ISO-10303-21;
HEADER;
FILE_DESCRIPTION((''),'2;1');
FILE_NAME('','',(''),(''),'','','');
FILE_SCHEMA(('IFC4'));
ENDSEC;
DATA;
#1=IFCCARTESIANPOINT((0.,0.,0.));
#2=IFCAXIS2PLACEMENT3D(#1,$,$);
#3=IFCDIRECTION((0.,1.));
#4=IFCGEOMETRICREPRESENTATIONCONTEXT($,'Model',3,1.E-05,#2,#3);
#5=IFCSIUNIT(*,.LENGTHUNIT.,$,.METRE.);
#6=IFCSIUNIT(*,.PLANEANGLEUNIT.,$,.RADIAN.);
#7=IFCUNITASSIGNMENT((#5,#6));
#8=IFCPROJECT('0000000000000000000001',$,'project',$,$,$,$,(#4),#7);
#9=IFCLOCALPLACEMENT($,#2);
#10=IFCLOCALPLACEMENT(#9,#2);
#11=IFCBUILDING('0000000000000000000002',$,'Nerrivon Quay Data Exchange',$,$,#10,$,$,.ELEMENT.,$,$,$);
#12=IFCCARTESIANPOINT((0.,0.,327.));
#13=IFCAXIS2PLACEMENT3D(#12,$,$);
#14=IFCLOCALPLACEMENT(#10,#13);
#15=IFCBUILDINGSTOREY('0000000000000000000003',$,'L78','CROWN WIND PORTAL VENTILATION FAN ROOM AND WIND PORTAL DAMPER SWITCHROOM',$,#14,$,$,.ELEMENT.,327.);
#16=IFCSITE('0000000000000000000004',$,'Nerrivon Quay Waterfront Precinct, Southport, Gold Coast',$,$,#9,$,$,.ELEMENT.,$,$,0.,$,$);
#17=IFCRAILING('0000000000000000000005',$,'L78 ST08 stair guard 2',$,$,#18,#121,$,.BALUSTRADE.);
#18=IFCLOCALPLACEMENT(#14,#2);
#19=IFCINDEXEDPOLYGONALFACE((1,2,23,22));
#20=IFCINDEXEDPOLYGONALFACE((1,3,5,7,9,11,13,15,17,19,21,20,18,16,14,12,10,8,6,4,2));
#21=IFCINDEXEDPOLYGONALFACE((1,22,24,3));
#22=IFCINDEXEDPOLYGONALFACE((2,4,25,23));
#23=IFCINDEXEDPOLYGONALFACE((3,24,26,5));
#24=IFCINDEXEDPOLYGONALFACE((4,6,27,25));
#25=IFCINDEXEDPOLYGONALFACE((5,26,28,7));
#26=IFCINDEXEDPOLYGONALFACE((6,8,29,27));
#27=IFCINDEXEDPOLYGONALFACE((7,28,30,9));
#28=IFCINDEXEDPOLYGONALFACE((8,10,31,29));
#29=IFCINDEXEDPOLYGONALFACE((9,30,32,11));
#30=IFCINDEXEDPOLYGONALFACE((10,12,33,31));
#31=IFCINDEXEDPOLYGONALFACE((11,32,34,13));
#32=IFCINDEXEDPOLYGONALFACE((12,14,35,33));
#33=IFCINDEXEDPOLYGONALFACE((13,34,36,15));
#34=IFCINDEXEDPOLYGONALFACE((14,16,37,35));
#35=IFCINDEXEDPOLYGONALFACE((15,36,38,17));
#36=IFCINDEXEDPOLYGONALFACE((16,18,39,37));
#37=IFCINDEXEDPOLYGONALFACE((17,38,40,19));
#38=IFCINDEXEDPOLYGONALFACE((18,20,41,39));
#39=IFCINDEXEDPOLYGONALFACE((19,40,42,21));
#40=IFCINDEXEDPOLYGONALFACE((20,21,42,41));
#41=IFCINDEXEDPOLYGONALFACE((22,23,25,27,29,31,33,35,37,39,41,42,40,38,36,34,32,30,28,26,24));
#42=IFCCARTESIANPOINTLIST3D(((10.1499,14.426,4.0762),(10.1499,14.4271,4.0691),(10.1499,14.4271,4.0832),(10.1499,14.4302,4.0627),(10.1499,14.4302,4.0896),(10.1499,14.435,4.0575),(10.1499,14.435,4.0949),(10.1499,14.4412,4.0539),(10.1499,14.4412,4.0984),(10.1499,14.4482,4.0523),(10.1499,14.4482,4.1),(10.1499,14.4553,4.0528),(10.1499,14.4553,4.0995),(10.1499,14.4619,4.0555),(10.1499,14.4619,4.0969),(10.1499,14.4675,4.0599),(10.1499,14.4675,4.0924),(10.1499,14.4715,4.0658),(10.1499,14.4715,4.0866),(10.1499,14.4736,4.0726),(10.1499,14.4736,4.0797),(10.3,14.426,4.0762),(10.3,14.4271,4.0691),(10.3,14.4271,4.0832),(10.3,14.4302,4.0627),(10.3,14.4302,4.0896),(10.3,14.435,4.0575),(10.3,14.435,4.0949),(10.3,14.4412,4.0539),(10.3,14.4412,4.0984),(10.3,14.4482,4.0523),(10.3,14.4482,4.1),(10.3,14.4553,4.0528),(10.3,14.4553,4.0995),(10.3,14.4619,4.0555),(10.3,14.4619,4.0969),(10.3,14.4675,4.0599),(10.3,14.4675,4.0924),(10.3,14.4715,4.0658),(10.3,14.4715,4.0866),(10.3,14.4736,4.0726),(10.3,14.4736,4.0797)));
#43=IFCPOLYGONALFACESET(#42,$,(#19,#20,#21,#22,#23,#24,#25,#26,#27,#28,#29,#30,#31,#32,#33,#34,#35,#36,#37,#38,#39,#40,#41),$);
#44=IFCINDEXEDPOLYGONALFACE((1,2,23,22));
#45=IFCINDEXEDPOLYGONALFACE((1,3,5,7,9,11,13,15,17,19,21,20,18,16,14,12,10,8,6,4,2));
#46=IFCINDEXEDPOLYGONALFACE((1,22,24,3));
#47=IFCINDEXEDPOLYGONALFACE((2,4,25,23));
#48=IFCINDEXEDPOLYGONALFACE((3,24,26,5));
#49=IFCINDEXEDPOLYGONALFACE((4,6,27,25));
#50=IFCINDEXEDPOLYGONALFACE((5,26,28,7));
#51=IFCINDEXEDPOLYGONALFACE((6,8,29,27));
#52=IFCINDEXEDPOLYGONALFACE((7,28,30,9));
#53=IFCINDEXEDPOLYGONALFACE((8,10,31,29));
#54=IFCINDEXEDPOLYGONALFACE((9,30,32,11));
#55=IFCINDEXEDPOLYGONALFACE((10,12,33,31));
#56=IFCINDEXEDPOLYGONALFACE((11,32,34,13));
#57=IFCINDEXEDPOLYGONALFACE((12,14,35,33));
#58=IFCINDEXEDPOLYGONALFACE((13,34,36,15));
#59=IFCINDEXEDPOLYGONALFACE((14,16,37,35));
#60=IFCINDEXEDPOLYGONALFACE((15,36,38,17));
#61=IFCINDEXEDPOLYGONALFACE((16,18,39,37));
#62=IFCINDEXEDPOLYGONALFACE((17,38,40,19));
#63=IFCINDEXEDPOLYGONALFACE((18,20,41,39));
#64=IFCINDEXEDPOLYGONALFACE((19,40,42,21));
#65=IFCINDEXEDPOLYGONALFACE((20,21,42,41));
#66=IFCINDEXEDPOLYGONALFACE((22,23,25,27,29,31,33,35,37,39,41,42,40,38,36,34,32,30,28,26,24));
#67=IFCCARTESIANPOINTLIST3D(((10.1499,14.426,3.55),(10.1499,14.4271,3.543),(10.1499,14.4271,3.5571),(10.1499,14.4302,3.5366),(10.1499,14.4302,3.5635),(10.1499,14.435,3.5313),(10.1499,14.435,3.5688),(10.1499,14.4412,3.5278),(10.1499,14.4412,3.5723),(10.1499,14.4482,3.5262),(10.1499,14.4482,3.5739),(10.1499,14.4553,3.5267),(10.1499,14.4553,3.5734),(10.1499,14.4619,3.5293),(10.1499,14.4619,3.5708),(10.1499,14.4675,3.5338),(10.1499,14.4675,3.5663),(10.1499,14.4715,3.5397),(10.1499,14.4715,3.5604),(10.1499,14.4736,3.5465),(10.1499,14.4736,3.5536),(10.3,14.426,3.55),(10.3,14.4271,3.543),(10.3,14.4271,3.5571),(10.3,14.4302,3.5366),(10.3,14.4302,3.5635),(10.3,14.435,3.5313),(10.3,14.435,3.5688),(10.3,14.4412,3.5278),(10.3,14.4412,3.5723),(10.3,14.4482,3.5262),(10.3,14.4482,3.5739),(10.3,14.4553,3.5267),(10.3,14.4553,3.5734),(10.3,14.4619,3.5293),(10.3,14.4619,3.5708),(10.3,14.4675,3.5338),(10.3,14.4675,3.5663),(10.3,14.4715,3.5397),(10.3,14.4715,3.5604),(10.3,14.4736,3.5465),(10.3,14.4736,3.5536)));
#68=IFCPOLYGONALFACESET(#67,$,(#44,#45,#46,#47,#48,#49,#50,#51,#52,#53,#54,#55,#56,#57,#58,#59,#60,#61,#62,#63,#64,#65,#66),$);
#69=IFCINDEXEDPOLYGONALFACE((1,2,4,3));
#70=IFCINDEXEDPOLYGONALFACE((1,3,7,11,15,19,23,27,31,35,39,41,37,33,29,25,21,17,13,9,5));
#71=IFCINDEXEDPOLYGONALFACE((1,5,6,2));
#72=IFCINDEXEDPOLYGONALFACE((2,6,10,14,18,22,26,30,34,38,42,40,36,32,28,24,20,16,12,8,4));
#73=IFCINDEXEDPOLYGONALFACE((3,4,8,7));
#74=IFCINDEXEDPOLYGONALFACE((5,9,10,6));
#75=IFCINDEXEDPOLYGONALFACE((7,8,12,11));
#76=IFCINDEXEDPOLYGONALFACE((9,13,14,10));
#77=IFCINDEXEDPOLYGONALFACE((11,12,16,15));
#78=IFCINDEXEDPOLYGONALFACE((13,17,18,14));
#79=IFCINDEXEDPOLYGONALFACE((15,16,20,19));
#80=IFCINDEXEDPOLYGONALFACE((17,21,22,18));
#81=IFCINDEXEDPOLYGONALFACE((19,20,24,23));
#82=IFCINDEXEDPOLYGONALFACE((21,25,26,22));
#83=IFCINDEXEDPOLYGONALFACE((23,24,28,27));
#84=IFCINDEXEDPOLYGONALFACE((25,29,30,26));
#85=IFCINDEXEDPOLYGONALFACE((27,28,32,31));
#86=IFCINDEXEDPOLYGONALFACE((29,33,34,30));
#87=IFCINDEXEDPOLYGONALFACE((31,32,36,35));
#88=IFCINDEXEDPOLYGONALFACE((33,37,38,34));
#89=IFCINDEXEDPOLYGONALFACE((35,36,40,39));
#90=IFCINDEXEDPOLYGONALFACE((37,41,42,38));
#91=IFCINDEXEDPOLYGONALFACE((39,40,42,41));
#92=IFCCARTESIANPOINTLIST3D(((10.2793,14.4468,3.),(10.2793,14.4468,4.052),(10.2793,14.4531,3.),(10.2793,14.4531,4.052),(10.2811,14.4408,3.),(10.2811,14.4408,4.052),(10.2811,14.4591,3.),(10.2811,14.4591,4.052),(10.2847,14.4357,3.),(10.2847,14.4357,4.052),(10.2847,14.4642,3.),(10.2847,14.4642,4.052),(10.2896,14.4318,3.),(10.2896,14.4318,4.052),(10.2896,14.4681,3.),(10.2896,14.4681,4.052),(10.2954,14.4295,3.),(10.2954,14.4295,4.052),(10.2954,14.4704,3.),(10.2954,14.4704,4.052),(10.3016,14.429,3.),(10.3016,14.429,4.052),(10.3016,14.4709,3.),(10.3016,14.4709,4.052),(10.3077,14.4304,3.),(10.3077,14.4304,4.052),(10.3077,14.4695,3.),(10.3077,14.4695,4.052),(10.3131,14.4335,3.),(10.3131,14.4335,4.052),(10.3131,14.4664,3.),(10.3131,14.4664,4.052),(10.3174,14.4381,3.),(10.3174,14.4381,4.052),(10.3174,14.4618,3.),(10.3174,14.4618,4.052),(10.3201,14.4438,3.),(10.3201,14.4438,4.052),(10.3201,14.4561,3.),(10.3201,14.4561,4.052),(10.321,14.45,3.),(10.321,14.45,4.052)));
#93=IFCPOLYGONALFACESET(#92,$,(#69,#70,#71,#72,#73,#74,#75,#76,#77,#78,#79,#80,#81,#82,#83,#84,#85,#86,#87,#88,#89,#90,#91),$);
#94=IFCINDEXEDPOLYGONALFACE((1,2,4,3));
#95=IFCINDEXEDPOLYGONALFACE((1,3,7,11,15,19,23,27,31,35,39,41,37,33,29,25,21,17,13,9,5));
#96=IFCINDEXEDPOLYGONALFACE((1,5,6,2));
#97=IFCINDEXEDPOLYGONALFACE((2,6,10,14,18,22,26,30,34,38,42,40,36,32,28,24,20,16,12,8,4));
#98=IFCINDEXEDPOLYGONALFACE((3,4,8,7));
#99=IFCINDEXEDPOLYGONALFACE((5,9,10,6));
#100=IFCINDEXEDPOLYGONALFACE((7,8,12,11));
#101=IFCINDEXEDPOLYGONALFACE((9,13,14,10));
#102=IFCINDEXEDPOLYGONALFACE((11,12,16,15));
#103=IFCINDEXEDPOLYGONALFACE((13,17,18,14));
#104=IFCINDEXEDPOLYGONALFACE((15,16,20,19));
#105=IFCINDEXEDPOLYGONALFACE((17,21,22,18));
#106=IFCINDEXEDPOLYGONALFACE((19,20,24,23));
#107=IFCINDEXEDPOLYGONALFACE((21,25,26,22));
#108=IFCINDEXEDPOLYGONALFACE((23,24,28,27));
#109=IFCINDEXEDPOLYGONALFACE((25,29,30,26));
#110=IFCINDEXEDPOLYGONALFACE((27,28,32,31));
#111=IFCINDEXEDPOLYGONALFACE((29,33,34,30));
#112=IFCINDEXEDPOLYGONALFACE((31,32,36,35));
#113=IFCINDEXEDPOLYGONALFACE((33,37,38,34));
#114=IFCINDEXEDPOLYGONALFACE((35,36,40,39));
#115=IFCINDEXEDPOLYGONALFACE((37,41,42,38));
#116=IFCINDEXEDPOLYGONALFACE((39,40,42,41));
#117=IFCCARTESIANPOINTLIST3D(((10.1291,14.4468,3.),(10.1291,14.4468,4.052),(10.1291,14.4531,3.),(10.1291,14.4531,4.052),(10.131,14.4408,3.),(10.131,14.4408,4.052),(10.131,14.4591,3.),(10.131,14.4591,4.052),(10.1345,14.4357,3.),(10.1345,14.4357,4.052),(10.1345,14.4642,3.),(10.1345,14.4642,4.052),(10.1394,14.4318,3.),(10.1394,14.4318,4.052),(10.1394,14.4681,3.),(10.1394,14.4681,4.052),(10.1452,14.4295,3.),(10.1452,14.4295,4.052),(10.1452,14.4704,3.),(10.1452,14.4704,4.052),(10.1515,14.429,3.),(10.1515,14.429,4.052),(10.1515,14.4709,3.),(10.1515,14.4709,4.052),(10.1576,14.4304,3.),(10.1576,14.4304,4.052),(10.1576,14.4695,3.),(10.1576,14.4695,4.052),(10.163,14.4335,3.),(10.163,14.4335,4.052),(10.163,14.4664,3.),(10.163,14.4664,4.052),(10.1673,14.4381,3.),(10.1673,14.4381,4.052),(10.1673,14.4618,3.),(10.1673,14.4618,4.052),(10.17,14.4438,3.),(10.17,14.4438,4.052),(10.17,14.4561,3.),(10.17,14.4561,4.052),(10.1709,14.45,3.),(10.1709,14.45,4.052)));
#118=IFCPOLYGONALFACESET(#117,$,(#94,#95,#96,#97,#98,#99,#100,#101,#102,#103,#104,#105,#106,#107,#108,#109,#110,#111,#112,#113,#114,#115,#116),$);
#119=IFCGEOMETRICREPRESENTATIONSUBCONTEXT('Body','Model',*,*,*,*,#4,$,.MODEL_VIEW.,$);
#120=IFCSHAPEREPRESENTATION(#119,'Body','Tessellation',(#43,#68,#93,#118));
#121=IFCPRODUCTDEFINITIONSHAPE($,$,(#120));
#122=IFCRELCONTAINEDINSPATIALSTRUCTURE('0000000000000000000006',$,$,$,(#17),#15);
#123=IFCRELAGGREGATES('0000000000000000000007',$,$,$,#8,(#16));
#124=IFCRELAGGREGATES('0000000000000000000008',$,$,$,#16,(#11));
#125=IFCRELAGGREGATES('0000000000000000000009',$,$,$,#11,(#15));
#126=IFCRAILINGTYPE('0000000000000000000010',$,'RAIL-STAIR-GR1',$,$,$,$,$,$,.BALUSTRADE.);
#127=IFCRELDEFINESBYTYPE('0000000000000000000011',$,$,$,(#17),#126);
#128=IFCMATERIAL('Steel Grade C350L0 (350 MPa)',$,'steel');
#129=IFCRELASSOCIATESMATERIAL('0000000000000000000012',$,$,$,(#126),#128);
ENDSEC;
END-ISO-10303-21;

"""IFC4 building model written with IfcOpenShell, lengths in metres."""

from ifc_helpers import new_model, si_unit, direction, frame, origin, origin_2d, place, context, subcontext, project, spatial, circle, extrude, material, type_object, element, save


model = new_model("IFC4")

# Units and contexts
model_context = context("Model", 3, precision=1e-05, world=origin(), true_north=direction((0.0, 1.0)))
body_context = subcontext(model_context, "Body", "Model", "MODEL_VIEW")
ifc_project = project(units=[si_unit("LENGTHUNIT", "METRE"), si_unit("PLANEANGLEUNIT", "RADIAN")], contexts=[model_context])

# Site, building, storey
site_placement = place(None, origin())
site = spatial("IfcSite", under=ifc_project, at=site_placement, Name="Nerrivon Quay Waterfront Precinct, Southport, Gold Coast", CompositionType="ELEMENT", RefElevation=0.0)
building_placement = place(site_placement, origin())
building = spatial("IfcBuilding", under=site, at=building_placement, Name="Nerrivon Quay Data Exchange", CompositionType="ELEMENT")
storey_placement = place(building_placement, frame((0.0, 0.0, 327.0)))
storey = spatial("IfcBuildingStorey", under=building, at=storey_placement, Name="L78", Description="CROWN WIND PORTAL VENTILATION FAN ROOM AND WIND PORTAL DAMPER SWITCHROOM", CompositionType="ELEMENT", Elevation=327.0)

# Shared definitions
ifc_material_1 = material(Name="Steel Grade C350L0 (350 MPa)", Category="steel")

# Railing
railing_type_1 = type_object("IfcRailingType", Name="RAIL-STAIR-GR1", PredefinedType="BALUSTRADE", material=ifc_material_1)
railing_1_placement = place(storey_placement, frame((10.3, 14.45, 3.0)))
element("IfcRailing", 1, at=railing_1_placement, inside=storey, type_object=railing_type_1, Name="L78 ST08 stair guard 2", PredefinedType="BALUSTRADE", context=body_context, shape_type="SweptSolid", body=[
    extrude(circle(Radius=0.0239, at=origin_2d()), frame((0.0, 0.0, 1.0762), z_axis=(-1.0, 0.0, 0.0), x_axis=(0.0, -1.0, 0.0)), (0.0, 0.0, 1.0), 0.1501),
    extrude(circle(Radius=0.0239, at=origin_2d()), frame((0.0, 0.0, 0.55), z_axis=(-1.0, 0.0, 0.0), x_axis=(0.0, -1.0, 0.0)), (0.0, 0.0, 1.0), 0.1501),
    extrude(circle(Radius=0.021, at=origin_2d()), origin(), (0.0, 0.0, 1.0), 1.052),
    extrude(circle(Radius=0.021, at=origin_2d()), frame((-0.1501, 0.0, 0.0)), (0.0, 0.0, 1.0), 1.052),
])

save(model, "model.ifc")
